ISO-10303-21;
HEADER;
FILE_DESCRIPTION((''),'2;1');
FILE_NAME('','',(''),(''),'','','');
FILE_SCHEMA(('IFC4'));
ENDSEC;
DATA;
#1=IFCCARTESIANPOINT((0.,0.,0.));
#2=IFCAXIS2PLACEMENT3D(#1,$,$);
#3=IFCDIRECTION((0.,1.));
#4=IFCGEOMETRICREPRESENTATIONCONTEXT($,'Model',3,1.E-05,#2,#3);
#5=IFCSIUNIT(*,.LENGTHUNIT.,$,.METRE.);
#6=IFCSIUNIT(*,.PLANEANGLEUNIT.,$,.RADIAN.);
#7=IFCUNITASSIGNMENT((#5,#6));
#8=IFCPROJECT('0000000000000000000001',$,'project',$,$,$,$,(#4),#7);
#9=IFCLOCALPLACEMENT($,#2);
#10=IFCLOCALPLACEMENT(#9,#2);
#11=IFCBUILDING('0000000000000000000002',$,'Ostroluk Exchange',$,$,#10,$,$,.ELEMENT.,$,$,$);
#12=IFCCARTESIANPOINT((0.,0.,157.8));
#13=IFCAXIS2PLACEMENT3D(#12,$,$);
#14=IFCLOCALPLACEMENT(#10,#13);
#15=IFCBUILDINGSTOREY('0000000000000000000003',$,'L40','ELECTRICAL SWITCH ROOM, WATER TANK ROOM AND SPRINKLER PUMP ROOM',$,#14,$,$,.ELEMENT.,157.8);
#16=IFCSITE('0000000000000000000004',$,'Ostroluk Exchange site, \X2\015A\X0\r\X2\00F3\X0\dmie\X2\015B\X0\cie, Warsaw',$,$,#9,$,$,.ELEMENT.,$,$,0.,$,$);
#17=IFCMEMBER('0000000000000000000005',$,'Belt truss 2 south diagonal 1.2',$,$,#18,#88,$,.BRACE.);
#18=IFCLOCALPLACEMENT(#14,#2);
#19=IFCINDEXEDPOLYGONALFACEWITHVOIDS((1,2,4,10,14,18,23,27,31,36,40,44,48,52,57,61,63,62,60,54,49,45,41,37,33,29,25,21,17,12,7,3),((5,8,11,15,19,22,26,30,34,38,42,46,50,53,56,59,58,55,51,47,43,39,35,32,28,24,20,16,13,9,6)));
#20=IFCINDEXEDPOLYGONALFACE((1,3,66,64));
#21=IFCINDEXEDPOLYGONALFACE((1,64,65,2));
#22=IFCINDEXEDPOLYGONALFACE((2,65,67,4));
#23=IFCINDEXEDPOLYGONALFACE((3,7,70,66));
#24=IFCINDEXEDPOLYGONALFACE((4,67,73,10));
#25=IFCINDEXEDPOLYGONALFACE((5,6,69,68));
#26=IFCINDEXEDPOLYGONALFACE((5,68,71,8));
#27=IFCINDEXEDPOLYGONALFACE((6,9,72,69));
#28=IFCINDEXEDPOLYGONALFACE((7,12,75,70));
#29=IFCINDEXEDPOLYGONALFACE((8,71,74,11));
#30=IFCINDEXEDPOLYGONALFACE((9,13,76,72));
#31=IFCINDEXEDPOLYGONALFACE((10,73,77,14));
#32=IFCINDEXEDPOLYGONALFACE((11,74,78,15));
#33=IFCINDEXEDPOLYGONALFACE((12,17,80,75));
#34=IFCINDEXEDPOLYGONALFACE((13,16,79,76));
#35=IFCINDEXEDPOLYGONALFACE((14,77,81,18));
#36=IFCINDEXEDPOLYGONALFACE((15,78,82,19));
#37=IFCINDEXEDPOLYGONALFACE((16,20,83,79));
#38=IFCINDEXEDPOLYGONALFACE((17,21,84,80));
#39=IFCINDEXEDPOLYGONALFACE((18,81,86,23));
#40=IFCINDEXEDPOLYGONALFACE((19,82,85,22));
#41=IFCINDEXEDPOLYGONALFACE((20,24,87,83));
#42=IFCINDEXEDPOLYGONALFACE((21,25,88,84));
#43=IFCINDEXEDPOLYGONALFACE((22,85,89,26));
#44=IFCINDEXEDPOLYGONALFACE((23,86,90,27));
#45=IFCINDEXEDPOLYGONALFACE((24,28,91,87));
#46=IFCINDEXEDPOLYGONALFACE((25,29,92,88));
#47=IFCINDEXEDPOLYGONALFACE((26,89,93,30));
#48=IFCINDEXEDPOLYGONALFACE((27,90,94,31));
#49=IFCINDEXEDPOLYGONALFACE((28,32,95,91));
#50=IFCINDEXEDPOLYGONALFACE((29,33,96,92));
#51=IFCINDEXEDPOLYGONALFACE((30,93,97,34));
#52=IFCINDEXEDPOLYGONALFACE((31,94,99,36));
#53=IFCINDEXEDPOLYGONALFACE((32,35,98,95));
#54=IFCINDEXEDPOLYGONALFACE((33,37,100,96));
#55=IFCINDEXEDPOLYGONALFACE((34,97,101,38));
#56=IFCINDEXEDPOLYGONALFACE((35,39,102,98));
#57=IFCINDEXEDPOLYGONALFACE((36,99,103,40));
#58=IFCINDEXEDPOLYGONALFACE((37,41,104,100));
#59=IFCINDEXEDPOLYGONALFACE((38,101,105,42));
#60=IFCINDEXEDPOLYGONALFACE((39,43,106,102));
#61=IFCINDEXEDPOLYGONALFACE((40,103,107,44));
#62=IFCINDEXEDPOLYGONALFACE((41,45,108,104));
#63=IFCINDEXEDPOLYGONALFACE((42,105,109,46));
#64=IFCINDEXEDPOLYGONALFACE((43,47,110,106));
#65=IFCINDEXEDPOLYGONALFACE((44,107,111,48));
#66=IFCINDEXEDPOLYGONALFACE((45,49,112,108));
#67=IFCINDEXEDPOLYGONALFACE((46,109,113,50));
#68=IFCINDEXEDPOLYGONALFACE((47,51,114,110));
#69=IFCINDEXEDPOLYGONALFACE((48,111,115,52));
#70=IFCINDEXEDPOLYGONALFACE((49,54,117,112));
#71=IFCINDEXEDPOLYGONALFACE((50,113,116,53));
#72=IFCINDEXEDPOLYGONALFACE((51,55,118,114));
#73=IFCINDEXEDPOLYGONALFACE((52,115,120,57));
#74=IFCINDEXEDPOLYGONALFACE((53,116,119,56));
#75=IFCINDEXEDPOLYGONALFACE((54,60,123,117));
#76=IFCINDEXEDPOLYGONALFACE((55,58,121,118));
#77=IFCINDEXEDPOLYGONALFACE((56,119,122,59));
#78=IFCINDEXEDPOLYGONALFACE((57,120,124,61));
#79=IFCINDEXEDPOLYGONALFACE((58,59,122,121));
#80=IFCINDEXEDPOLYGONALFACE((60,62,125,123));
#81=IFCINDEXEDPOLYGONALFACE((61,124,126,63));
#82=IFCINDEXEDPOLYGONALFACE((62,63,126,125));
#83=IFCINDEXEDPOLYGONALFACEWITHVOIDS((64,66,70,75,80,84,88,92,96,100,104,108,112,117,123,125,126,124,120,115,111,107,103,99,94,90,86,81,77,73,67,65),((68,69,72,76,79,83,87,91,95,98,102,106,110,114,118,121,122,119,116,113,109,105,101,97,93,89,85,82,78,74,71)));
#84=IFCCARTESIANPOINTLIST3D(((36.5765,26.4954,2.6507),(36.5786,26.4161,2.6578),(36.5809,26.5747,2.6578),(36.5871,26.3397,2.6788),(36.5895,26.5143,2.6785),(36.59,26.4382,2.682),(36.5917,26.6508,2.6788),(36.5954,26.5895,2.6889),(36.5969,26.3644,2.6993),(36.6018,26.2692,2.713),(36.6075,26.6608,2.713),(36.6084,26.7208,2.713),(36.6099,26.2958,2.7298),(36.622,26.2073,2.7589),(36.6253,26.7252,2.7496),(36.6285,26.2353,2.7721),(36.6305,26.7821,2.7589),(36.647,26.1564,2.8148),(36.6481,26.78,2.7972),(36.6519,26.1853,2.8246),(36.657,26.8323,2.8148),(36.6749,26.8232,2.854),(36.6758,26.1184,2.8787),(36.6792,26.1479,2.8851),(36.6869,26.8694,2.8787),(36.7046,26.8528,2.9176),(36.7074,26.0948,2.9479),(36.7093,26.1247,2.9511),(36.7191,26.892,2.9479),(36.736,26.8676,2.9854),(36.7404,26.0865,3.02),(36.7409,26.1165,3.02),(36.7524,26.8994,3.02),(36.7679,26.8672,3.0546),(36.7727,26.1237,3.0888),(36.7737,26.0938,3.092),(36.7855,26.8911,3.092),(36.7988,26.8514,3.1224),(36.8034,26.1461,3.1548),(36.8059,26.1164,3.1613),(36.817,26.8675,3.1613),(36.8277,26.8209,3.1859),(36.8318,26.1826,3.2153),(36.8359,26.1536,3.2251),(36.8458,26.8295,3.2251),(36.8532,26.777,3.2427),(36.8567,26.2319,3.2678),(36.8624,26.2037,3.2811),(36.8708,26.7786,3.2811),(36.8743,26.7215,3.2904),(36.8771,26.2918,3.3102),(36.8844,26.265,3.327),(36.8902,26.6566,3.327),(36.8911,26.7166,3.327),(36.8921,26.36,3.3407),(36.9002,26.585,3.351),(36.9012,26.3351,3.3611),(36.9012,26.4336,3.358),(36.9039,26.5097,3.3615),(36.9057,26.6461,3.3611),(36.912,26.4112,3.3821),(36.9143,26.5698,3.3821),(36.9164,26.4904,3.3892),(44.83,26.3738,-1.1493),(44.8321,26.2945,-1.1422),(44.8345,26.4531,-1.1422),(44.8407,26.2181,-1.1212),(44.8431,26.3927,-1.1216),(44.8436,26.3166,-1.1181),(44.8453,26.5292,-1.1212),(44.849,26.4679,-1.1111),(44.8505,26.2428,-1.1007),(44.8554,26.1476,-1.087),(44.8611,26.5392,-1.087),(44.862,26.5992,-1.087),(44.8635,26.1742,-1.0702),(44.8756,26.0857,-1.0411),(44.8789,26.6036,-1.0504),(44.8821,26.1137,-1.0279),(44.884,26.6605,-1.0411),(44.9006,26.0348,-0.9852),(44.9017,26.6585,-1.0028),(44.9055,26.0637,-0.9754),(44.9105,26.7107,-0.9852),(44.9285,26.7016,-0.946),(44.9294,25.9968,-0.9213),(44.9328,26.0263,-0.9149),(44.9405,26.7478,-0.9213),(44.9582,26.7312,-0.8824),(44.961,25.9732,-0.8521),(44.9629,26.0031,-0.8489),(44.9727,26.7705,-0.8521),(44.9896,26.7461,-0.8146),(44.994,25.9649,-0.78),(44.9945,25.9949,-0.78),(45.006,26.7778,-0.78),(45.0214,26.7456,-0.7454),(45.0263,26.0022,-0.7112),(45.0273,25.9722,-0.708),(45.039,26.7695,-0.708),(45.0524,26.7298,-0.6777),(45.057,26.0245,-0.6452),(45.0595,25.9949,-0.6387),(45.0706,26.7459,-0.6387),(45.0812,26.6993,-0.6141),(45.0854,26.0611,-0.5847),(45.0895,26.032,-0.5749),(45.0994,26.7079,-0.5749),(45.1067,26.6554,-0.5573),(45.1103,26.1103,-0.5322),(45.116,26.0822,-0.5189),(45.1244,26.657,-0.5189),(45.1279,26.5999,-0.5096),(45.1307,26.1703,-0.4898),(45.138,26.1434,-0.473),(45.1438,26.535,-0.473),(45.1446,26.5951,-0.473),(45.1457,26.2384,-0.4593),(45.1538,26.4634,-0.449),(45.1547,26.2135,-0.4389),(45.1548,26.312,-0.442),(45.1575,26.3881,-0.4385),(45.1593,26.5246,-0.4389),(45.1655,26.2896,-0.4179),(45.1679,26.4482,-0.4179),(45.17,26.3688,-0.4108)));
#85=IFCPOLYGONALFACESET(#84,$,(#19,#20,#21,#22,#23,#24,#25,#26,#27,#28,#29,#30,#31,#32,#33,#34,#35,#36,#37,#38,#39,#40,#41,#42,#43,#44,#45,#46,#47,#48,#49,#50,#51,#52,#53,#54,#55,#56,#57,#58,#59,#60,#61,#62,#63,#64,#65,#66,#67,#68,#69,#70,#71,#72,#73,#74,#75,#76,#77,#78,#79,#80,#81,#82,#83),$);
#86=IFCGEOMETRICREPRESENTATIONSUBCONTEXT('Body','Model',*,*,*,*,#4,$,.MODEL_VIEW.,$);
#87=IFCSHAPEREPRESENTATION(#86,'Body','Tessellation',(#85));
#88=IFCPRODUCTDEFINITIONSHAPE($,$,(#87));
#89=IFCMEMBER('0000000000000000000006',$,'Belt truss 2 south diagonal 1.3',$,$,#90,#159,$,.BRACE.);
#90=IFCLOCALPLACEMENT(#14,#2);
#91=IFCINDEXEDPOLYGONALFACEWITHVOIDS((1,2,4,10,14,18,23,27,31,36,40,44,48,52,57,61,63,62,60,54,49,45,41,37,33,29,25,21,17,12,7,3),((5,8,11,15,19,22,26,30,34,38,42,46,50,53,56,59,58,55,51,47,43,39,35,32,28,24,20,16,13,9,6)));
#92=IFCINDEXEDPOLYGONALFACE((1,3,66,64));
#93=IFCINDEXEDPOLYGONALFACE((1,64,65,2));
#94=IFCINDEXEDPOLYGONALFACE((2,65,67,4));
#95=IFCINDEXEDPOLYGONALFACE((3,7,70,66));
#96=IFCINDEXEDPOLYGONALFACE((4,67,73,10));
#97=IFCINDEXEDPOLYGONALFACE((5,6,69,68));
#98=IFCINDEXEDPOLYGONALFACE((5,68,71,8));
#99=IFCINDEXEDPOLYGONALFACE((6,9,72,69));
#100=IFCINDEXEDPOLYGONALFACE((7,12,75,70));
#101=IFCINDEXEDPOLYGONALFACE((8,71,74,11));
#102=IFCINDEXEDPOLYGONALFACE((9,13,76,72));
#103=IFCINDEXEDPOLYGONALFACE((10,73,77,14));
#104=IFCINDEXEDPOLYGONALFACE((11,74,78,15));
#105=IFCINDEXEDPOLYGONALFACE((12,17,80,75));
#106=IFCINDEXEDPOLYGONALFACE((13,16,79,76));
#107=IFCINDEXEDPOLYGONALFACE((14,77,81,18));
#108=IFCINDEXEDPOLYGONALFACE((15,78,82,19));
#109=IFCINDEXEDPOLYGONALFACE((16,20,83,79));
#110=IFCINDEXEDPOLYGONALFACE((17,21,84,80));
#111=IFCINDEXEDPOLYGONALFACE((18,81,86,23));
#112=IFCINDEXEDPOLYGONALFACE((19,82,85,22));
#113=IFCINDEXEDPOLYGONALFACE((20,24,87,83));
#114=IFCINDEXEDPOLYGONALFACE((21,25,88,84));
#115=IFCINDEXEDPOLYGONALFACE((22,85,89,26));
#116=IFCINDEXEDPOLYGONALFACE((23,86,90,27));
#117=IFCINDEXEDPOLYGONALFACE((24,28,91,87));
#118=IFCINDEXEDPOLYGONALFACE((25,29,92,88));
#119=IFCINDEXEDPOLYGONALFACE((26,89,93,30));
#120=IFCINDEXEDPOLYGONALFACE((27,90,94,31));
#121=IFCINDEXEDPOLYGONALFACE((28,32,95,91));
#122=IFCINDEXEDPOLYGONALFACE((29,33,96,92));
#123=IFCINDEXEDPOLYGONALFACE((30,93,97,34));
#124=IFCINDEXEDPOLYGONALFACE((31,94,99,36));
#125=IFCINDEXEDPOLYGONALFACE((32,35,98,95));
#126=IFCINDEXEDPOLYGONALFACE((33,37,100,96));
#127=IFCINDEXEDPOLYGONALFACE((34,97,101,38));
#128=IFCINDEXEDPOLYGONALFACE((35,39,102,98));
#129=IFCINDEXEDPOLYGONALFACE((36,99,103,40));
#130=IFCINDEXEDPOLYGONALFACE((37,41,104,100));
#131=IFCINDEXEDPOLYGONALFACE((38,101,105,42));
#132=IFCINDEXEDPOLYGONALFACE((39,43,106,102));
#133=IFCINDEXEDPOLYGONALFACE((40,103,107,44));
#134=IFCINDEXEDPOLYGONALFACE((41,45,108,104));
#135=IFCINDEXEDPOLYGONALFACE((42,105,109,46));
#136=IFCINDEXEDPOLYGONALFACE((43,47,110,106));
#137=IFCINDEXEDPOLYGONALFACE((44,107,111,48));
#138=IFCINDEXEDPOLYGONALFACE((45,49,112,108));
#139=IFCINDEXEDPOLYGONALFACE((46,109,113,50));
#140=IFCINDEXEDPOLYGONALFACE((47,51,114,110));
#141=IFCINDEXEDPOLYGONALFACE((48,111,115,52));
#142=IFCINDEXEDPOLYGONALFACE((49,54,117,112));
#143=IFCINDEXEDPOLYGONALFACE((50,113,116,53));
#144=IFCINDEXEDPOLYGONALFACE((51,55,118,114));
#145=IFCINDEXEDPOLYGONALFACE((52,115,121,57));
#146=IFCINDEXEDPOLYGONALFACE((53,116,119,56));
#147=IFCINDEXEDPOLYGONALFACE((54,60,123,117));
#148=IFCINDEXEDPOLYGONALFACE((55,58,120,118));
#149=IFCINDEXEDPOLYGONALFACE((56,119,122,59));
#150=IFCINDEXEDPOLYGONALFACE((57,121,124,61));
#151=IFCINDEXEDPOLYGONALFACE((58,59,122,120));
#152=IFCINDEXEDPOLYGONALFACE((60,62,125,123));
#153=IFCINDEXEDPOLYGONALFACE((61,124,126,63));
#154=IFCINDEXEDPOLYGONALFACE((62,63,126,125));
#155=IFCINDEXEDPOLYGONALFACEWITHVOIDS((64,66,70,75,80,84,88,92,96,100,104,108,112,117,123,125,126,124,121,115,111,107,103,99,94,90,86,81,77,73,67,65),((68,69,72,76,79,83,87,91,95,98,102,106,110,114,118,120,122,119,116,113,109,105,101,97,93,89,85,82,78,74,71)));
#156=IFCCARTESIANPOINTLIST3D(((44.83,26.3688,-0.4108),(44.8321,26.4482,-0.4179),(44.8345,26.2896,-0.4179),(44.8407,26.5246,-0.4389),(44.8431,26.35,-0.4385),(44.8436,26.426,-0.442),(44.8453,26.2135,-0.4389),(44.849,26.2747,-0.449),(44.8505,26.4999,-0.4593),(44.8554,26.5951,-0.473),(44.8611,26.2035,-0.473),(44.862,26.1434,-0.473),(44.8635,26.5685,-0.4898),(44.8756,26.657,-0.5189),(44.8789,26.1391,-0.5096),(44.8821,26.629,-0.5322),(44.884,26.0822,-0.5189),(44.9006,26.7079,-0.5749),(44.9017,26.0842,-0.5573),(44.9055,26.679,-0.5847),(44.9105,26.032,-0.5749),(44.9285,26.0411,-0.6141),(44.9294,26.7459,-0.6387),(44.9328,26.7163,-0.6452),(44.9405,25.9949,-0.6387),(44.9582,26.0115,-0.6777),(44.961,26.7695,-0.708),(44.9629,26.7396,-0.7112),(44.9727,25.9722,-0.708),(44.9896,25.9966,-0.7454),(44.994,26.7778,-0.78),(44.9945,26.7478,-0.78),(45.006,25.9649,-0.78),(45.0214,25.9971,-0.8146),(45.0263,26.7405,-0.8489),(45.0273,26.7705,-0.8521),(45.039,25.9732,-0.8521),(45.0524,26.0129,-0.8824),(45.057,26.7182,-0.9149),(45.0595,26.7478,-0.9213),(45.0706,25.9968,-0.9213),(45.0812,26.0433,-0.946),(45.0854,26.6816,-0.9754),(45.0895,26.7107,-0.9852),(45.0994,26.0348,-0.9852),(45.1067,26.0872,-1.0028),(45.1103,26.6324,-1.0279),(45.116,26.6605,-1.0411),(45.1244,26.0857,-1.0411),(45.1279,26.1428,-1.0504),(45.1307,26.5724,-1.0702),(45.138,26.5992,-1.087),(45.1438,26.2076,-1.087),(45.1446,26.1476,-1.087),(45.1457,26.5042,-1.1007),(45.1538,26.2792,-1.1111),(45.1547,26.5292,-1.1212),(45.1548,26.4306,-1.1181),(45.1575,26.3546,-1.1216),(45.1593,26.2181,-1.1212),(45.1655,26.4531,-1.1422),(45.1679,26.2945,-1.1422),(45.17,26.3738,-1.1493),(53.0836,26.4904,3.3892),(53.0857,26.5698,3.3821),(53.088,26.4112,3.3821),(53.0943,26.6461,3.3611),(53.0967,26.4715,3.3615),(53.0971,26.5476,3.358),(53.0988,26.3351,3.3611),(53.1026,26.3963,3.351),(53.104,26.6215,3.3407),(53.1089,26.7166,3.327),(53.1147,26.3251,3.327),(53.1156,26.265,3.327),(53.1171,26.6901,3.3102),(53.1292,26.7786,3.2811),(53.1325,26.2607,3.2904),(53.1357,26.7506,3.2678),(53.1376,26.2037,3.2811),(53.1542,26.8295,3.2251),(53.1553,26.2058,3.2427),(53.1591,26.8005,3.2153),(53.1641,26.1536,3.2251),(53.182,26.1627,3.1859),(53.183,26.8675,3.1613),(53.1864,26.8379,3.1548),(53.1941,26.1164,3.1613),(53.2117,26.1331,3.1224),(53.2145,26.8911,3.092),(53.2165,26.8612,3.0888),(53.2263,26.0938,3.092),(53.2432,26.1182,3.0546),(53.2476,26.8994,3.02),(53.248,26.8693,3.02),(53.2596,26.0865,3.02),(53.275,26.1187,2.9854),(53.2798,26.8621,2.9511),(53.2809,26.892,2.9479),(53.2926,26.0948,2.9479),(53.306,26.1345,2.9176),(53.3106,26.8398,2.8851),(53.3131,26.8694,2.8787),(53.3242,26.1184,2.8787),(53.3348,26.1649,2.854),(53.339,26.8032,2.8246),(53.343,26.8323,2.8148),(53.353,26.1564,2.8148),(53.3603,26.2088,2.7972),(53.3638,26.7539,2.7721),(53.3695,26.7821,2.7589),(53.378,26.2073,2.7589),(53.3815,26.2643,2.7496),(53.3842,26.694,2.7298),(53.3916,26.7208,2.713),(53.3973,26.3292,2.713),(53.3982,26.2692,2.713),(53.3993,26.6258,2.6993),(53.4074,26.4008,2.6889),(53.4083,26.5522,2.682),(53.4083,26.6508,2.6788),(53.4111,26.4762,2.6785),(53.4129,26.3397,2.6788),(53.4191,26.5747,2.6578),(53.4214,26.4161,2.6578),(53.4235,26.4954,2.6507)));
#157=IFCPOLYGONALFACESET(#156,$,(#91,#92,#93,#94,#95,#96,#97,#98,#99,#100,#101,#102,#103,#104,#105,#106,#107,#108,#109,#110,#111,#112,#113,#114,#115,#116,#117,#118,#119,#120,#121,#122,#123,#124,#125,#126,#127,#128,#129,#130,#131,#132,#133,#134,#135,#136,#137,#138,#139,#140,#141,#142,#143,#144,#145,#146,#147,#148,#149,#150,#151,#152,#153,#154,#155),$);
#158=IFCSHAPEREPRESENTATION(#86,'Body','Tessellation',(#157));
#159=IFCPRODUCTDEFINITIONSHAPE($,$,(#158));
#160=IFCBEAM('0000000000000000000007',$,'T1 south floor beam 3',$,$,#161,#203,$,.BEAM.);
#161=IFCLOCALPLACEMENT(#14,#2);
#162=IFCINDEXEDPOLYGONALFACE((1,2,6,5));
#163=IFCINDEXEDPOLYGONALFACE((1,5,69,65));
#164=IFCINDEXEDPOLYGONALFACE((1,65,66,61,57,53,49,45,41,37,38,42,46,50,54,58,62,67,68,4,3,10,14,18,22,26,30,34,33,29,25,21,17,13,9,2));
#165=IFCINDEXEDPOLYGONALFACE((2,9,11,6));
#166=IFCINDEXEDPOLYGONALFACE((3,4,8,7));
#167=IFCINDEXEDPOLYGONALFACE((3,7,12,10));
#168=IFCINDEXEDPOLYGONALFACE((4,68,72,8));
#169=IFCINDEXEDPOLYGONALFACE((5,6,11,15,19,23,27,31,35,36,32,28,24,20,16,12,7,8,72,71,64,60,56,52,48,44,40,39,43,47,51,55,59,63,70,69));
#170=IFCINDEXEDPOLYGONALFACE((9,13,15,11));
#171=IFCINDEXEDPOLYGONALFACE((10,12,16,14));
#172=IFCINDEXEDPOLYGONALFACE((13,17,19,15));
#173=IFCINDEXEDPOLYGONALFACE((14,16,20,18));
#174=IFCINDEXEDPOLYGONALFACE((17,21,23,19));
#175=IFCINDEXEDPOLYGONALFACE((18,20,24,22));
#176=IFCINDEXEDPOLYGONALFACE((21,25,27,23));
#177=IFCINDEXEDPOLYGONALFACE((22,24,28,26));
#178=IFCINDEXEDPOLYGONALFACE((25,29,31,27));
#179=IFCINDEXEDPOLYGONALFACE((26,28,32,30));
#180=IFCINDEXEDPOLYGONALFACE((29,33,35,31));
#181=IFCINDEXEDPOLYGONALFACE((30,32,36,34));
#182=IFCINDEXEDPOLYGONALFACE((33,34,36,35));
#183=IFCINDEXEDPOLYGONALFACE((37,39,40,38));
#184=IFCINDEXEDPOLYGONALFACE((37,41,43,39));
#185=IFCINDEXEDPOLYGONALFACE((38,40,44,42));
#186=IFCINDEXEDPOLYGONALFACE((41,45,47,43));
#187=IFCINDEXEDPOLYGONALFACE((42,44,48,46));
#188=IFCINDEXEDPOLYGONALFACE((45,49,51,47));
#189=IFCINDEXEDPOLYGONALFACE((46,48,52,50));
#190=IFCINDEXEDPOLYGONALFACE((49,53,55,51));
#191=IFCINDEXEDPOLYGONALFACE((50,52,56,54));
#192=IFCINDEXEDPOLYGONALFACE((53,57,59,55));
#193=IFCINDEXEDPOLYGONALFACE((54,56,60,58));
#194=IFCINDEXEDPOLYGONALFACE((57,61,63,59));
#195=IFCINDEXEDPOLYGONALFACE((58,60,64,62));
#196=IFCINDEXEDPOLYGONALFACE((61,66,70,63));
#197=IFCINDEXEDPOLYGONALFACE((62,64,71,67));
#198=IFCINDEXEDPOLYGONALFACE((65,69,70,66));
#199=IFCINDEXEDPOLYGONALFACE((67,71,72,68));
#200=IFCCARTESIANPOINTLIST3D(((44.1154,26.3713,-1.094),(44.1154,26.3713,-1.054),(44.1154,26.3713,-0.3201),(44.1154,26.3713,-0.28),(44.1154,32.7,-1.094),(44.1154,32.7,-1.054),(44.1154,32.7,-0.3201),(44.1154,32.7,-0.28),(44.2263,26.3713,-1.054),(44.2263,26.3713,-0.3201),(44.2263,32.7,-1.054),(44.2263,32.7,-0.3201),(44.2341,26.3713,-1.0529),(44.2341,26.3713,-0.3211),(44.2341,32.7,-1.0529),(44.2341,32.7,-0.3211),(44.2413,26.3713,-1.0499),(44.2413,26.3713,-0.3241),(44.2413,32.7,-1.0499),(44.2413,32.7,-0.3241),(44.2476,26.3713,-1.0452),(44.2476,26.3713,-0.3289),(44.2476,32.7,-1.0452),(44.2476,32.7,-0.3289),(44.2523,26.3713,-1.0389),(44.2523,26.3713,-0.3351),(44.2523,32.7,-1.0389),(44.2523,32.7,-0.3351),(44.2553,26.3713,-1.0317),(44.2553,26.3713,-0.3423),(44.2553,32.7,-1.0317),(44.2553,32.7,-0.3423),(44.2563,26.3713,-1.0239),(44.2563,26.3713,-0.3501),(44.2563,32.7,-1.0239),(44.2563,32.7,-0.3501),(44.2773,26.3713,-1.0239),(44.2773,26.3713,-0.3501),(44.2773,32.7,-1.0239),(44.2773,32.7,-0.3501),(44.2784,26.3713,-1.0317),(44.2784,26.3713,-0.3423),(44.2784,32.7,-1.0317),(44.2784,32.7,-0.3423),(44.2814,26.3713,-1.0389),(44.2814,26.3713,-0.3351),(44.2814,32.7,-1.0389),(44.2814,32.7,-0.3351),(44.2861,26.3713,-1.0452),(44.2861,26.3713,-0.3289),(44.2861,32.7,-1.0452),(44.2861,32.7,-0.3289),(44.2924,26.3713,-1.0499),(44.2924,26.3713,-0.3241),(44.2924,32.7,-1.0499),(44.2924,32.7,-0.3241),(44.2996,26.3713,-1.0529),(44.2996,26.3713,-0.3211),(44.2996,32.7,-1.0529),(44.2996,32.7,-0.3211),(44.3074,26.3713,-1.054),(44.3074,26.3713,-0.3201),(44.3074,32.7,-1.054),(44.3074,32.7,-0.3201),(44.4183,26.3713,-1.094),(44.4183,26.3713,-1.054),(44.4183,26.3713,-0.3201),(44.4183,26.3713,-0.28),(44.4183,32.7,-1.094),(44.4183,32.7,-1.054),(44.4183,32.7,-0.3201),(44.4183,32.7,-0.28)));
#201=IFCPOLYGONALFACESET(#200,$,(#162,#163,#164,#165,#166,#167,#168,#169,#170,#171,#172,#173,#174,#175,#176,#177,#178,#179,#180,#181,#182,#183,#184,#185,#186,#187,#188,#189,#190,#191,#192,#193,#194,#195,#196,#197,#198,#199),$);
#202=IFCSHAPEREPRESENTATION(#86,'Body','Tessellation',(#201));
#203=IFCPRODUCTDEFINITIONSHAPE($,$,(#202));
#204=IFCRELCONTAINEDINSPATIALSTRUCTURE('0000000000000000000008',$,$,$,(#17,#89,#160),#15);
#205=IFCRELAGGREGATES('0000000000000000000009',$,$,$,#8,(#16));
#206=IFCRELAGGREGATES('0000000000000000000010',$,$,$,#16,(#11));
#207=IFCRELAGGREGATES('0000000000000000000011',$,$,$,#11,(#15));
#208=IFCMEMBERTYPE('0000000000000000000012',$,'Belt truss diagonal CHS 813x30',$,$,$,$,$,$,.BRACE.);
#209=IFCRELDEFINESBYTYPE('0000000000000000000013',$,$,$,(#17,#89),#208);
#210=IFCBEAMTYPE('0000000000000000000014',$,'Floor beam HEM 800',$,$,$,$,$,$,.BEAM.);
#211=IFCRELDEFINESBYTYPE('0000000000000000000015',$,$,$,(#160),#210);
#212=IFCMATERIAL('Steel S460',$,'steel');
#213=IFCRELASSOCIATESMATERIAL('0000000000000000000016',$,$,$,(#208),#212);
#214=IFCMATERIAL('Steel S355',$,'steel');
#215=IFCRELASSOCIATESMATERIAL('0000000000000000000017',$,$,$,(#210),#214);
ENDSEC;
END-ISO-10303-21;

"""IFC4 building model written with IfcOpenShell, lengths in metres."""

from ifc_helpers import new_model, si_unit, direction, frame, origin, origin_2d, place, context, subcontext, project, spatial, hollow_circle, i_section, extrude, material, material_profile, profile_set, type_object, element, save


model = new_model("IFC4")

# Units and contexts
model_context = context("Model", 3, precision=1e-05, world=origin(), true_north=direction((0.0, 1.0)))
body_context = subcontext(model_context, "Body", "Model", "MODEL_VIEW")
ifc_project = project(units=[si_unit("LENGTHUNIT", "METRE"), si_unit("PLANEANGLEUNIT", "RADIAN")], contexts=[model_context])

# Site, building, storey
site_placement = place(None, origin())
site = spatial("IfcSite", under=ifc_project, at=site_placement, Name="Ostroluk Exchange site, Śródmieście, Warsaw", CompositionType="ELEMENT", RefElevation=0.0)
building_placement = place(site_placement, origin())
building = spatial("IfcBuilding", under=site, at=building_placement, Name="Ostroluk Exchange", CompositionType="ELEMENT")
storey_placement = place(building_placement, frame((0.0, 0.0, 157.8)))
storey = spatial("IfcBuildingStorey", under=building, at=storey_placement, Name="L40", Description="ELECTRICAL SWITCH ROOM, WATER TANK ROOM AND SPRINKLER PUMP ROOM", CompositionType="ELEMENT", Elevation=157.8)

# Members
ifc_material_1 = material(Name="Steel S460", Category="steel")
ifc_material_profile_1 = material_profile(ifc_material_1, hollow_circle(Radius=0.4065, WallThickness=0.03, at=origin_2d()), Name="CHS 813x30")
ifc_profile_set_1 = profile_set([ifc_material_profile_1], Name="Steel S460")
member_type_1 = type_object("IfcMemberType", Name="Belt truss diagonal CHS 813x30", PredefinedType="BRACE", material=ifc_profile_set_1)
for number, where, z_axis, x_axis, name in (
    (1, (45.0, 26.3713, -0.78), (-0.908269, 0.013379, 0.418174), (-0.014729, -0.999892, 0.0), "Belt truss 2 south diagonal 1.2"),
    (2, (45.0, 26.3713, -0.78), (0.908269, 0.013379, 0.418174), (-0.014729, 0.999892, 0.0), "Belt truss 2 south diagonal 1.3"),
):
    element("IfcMember", number, at=place(storey_placement, frame(where, z_axis=z_axis, x_axis=x_axis)), inside=storey, type_object=member_type_1, Name=name, PredefinedType="BRACE", context=body_context, shape_type="SweptSolid", body=[
        extrude(hollow_circle(Radius=0.4065, WallThickness=0.03, at=origin_2d()), origin(), (0.0, 0.0, 1.0), 9.0872),
    ])

# Beam
ifc_material_2 = material(Name="Steel S355", Category="steel")
ifc_material_profile_2 = material_profile(ifc_material_2, i_section(OverallWidth=0.303, OverallDepth=0.814, WebThickness=0.021, FlangeThickness=0.04, FilletRadius=0.03, at=origin_2d()), Name="HEM 800")
ifc_profile_set_2 = profile_set([ifc_material_profile_2], Name="Steel S355")
beam_type = type_object("IfcBeamType", Name="Floor beam HEM 800", PredefinedType="BEAM", material=ifc_profile_set_2)
for number, where, z_axis, x_axis, name in (
    (3, (44.2668, 32.7, -0.687), (0.0, -1.0, 0.0), (1.0, 0.0, 0.0), "T1 south floor beam 3"),
):
    element("IfcBeam", number, at=place(storey_placement, frame(where, z_axis=z_axis, x_axis=x_axis)), inside=storey, type_object=beam_type, Name=name, PredefinedType="BEAM", context=body_context, shape_type="SweptSolid", body=[
        extrude(i_section(OverallWidth=0.303, OverallDepth=0.814, WebThickness=0.021, FlangeThickness=0.04, FilletRadius=0.03, at=origin_2d()), origin(), (0.0, 0.0, 1.0), 6.3286),
    ])

save(model, "model.ifc")
